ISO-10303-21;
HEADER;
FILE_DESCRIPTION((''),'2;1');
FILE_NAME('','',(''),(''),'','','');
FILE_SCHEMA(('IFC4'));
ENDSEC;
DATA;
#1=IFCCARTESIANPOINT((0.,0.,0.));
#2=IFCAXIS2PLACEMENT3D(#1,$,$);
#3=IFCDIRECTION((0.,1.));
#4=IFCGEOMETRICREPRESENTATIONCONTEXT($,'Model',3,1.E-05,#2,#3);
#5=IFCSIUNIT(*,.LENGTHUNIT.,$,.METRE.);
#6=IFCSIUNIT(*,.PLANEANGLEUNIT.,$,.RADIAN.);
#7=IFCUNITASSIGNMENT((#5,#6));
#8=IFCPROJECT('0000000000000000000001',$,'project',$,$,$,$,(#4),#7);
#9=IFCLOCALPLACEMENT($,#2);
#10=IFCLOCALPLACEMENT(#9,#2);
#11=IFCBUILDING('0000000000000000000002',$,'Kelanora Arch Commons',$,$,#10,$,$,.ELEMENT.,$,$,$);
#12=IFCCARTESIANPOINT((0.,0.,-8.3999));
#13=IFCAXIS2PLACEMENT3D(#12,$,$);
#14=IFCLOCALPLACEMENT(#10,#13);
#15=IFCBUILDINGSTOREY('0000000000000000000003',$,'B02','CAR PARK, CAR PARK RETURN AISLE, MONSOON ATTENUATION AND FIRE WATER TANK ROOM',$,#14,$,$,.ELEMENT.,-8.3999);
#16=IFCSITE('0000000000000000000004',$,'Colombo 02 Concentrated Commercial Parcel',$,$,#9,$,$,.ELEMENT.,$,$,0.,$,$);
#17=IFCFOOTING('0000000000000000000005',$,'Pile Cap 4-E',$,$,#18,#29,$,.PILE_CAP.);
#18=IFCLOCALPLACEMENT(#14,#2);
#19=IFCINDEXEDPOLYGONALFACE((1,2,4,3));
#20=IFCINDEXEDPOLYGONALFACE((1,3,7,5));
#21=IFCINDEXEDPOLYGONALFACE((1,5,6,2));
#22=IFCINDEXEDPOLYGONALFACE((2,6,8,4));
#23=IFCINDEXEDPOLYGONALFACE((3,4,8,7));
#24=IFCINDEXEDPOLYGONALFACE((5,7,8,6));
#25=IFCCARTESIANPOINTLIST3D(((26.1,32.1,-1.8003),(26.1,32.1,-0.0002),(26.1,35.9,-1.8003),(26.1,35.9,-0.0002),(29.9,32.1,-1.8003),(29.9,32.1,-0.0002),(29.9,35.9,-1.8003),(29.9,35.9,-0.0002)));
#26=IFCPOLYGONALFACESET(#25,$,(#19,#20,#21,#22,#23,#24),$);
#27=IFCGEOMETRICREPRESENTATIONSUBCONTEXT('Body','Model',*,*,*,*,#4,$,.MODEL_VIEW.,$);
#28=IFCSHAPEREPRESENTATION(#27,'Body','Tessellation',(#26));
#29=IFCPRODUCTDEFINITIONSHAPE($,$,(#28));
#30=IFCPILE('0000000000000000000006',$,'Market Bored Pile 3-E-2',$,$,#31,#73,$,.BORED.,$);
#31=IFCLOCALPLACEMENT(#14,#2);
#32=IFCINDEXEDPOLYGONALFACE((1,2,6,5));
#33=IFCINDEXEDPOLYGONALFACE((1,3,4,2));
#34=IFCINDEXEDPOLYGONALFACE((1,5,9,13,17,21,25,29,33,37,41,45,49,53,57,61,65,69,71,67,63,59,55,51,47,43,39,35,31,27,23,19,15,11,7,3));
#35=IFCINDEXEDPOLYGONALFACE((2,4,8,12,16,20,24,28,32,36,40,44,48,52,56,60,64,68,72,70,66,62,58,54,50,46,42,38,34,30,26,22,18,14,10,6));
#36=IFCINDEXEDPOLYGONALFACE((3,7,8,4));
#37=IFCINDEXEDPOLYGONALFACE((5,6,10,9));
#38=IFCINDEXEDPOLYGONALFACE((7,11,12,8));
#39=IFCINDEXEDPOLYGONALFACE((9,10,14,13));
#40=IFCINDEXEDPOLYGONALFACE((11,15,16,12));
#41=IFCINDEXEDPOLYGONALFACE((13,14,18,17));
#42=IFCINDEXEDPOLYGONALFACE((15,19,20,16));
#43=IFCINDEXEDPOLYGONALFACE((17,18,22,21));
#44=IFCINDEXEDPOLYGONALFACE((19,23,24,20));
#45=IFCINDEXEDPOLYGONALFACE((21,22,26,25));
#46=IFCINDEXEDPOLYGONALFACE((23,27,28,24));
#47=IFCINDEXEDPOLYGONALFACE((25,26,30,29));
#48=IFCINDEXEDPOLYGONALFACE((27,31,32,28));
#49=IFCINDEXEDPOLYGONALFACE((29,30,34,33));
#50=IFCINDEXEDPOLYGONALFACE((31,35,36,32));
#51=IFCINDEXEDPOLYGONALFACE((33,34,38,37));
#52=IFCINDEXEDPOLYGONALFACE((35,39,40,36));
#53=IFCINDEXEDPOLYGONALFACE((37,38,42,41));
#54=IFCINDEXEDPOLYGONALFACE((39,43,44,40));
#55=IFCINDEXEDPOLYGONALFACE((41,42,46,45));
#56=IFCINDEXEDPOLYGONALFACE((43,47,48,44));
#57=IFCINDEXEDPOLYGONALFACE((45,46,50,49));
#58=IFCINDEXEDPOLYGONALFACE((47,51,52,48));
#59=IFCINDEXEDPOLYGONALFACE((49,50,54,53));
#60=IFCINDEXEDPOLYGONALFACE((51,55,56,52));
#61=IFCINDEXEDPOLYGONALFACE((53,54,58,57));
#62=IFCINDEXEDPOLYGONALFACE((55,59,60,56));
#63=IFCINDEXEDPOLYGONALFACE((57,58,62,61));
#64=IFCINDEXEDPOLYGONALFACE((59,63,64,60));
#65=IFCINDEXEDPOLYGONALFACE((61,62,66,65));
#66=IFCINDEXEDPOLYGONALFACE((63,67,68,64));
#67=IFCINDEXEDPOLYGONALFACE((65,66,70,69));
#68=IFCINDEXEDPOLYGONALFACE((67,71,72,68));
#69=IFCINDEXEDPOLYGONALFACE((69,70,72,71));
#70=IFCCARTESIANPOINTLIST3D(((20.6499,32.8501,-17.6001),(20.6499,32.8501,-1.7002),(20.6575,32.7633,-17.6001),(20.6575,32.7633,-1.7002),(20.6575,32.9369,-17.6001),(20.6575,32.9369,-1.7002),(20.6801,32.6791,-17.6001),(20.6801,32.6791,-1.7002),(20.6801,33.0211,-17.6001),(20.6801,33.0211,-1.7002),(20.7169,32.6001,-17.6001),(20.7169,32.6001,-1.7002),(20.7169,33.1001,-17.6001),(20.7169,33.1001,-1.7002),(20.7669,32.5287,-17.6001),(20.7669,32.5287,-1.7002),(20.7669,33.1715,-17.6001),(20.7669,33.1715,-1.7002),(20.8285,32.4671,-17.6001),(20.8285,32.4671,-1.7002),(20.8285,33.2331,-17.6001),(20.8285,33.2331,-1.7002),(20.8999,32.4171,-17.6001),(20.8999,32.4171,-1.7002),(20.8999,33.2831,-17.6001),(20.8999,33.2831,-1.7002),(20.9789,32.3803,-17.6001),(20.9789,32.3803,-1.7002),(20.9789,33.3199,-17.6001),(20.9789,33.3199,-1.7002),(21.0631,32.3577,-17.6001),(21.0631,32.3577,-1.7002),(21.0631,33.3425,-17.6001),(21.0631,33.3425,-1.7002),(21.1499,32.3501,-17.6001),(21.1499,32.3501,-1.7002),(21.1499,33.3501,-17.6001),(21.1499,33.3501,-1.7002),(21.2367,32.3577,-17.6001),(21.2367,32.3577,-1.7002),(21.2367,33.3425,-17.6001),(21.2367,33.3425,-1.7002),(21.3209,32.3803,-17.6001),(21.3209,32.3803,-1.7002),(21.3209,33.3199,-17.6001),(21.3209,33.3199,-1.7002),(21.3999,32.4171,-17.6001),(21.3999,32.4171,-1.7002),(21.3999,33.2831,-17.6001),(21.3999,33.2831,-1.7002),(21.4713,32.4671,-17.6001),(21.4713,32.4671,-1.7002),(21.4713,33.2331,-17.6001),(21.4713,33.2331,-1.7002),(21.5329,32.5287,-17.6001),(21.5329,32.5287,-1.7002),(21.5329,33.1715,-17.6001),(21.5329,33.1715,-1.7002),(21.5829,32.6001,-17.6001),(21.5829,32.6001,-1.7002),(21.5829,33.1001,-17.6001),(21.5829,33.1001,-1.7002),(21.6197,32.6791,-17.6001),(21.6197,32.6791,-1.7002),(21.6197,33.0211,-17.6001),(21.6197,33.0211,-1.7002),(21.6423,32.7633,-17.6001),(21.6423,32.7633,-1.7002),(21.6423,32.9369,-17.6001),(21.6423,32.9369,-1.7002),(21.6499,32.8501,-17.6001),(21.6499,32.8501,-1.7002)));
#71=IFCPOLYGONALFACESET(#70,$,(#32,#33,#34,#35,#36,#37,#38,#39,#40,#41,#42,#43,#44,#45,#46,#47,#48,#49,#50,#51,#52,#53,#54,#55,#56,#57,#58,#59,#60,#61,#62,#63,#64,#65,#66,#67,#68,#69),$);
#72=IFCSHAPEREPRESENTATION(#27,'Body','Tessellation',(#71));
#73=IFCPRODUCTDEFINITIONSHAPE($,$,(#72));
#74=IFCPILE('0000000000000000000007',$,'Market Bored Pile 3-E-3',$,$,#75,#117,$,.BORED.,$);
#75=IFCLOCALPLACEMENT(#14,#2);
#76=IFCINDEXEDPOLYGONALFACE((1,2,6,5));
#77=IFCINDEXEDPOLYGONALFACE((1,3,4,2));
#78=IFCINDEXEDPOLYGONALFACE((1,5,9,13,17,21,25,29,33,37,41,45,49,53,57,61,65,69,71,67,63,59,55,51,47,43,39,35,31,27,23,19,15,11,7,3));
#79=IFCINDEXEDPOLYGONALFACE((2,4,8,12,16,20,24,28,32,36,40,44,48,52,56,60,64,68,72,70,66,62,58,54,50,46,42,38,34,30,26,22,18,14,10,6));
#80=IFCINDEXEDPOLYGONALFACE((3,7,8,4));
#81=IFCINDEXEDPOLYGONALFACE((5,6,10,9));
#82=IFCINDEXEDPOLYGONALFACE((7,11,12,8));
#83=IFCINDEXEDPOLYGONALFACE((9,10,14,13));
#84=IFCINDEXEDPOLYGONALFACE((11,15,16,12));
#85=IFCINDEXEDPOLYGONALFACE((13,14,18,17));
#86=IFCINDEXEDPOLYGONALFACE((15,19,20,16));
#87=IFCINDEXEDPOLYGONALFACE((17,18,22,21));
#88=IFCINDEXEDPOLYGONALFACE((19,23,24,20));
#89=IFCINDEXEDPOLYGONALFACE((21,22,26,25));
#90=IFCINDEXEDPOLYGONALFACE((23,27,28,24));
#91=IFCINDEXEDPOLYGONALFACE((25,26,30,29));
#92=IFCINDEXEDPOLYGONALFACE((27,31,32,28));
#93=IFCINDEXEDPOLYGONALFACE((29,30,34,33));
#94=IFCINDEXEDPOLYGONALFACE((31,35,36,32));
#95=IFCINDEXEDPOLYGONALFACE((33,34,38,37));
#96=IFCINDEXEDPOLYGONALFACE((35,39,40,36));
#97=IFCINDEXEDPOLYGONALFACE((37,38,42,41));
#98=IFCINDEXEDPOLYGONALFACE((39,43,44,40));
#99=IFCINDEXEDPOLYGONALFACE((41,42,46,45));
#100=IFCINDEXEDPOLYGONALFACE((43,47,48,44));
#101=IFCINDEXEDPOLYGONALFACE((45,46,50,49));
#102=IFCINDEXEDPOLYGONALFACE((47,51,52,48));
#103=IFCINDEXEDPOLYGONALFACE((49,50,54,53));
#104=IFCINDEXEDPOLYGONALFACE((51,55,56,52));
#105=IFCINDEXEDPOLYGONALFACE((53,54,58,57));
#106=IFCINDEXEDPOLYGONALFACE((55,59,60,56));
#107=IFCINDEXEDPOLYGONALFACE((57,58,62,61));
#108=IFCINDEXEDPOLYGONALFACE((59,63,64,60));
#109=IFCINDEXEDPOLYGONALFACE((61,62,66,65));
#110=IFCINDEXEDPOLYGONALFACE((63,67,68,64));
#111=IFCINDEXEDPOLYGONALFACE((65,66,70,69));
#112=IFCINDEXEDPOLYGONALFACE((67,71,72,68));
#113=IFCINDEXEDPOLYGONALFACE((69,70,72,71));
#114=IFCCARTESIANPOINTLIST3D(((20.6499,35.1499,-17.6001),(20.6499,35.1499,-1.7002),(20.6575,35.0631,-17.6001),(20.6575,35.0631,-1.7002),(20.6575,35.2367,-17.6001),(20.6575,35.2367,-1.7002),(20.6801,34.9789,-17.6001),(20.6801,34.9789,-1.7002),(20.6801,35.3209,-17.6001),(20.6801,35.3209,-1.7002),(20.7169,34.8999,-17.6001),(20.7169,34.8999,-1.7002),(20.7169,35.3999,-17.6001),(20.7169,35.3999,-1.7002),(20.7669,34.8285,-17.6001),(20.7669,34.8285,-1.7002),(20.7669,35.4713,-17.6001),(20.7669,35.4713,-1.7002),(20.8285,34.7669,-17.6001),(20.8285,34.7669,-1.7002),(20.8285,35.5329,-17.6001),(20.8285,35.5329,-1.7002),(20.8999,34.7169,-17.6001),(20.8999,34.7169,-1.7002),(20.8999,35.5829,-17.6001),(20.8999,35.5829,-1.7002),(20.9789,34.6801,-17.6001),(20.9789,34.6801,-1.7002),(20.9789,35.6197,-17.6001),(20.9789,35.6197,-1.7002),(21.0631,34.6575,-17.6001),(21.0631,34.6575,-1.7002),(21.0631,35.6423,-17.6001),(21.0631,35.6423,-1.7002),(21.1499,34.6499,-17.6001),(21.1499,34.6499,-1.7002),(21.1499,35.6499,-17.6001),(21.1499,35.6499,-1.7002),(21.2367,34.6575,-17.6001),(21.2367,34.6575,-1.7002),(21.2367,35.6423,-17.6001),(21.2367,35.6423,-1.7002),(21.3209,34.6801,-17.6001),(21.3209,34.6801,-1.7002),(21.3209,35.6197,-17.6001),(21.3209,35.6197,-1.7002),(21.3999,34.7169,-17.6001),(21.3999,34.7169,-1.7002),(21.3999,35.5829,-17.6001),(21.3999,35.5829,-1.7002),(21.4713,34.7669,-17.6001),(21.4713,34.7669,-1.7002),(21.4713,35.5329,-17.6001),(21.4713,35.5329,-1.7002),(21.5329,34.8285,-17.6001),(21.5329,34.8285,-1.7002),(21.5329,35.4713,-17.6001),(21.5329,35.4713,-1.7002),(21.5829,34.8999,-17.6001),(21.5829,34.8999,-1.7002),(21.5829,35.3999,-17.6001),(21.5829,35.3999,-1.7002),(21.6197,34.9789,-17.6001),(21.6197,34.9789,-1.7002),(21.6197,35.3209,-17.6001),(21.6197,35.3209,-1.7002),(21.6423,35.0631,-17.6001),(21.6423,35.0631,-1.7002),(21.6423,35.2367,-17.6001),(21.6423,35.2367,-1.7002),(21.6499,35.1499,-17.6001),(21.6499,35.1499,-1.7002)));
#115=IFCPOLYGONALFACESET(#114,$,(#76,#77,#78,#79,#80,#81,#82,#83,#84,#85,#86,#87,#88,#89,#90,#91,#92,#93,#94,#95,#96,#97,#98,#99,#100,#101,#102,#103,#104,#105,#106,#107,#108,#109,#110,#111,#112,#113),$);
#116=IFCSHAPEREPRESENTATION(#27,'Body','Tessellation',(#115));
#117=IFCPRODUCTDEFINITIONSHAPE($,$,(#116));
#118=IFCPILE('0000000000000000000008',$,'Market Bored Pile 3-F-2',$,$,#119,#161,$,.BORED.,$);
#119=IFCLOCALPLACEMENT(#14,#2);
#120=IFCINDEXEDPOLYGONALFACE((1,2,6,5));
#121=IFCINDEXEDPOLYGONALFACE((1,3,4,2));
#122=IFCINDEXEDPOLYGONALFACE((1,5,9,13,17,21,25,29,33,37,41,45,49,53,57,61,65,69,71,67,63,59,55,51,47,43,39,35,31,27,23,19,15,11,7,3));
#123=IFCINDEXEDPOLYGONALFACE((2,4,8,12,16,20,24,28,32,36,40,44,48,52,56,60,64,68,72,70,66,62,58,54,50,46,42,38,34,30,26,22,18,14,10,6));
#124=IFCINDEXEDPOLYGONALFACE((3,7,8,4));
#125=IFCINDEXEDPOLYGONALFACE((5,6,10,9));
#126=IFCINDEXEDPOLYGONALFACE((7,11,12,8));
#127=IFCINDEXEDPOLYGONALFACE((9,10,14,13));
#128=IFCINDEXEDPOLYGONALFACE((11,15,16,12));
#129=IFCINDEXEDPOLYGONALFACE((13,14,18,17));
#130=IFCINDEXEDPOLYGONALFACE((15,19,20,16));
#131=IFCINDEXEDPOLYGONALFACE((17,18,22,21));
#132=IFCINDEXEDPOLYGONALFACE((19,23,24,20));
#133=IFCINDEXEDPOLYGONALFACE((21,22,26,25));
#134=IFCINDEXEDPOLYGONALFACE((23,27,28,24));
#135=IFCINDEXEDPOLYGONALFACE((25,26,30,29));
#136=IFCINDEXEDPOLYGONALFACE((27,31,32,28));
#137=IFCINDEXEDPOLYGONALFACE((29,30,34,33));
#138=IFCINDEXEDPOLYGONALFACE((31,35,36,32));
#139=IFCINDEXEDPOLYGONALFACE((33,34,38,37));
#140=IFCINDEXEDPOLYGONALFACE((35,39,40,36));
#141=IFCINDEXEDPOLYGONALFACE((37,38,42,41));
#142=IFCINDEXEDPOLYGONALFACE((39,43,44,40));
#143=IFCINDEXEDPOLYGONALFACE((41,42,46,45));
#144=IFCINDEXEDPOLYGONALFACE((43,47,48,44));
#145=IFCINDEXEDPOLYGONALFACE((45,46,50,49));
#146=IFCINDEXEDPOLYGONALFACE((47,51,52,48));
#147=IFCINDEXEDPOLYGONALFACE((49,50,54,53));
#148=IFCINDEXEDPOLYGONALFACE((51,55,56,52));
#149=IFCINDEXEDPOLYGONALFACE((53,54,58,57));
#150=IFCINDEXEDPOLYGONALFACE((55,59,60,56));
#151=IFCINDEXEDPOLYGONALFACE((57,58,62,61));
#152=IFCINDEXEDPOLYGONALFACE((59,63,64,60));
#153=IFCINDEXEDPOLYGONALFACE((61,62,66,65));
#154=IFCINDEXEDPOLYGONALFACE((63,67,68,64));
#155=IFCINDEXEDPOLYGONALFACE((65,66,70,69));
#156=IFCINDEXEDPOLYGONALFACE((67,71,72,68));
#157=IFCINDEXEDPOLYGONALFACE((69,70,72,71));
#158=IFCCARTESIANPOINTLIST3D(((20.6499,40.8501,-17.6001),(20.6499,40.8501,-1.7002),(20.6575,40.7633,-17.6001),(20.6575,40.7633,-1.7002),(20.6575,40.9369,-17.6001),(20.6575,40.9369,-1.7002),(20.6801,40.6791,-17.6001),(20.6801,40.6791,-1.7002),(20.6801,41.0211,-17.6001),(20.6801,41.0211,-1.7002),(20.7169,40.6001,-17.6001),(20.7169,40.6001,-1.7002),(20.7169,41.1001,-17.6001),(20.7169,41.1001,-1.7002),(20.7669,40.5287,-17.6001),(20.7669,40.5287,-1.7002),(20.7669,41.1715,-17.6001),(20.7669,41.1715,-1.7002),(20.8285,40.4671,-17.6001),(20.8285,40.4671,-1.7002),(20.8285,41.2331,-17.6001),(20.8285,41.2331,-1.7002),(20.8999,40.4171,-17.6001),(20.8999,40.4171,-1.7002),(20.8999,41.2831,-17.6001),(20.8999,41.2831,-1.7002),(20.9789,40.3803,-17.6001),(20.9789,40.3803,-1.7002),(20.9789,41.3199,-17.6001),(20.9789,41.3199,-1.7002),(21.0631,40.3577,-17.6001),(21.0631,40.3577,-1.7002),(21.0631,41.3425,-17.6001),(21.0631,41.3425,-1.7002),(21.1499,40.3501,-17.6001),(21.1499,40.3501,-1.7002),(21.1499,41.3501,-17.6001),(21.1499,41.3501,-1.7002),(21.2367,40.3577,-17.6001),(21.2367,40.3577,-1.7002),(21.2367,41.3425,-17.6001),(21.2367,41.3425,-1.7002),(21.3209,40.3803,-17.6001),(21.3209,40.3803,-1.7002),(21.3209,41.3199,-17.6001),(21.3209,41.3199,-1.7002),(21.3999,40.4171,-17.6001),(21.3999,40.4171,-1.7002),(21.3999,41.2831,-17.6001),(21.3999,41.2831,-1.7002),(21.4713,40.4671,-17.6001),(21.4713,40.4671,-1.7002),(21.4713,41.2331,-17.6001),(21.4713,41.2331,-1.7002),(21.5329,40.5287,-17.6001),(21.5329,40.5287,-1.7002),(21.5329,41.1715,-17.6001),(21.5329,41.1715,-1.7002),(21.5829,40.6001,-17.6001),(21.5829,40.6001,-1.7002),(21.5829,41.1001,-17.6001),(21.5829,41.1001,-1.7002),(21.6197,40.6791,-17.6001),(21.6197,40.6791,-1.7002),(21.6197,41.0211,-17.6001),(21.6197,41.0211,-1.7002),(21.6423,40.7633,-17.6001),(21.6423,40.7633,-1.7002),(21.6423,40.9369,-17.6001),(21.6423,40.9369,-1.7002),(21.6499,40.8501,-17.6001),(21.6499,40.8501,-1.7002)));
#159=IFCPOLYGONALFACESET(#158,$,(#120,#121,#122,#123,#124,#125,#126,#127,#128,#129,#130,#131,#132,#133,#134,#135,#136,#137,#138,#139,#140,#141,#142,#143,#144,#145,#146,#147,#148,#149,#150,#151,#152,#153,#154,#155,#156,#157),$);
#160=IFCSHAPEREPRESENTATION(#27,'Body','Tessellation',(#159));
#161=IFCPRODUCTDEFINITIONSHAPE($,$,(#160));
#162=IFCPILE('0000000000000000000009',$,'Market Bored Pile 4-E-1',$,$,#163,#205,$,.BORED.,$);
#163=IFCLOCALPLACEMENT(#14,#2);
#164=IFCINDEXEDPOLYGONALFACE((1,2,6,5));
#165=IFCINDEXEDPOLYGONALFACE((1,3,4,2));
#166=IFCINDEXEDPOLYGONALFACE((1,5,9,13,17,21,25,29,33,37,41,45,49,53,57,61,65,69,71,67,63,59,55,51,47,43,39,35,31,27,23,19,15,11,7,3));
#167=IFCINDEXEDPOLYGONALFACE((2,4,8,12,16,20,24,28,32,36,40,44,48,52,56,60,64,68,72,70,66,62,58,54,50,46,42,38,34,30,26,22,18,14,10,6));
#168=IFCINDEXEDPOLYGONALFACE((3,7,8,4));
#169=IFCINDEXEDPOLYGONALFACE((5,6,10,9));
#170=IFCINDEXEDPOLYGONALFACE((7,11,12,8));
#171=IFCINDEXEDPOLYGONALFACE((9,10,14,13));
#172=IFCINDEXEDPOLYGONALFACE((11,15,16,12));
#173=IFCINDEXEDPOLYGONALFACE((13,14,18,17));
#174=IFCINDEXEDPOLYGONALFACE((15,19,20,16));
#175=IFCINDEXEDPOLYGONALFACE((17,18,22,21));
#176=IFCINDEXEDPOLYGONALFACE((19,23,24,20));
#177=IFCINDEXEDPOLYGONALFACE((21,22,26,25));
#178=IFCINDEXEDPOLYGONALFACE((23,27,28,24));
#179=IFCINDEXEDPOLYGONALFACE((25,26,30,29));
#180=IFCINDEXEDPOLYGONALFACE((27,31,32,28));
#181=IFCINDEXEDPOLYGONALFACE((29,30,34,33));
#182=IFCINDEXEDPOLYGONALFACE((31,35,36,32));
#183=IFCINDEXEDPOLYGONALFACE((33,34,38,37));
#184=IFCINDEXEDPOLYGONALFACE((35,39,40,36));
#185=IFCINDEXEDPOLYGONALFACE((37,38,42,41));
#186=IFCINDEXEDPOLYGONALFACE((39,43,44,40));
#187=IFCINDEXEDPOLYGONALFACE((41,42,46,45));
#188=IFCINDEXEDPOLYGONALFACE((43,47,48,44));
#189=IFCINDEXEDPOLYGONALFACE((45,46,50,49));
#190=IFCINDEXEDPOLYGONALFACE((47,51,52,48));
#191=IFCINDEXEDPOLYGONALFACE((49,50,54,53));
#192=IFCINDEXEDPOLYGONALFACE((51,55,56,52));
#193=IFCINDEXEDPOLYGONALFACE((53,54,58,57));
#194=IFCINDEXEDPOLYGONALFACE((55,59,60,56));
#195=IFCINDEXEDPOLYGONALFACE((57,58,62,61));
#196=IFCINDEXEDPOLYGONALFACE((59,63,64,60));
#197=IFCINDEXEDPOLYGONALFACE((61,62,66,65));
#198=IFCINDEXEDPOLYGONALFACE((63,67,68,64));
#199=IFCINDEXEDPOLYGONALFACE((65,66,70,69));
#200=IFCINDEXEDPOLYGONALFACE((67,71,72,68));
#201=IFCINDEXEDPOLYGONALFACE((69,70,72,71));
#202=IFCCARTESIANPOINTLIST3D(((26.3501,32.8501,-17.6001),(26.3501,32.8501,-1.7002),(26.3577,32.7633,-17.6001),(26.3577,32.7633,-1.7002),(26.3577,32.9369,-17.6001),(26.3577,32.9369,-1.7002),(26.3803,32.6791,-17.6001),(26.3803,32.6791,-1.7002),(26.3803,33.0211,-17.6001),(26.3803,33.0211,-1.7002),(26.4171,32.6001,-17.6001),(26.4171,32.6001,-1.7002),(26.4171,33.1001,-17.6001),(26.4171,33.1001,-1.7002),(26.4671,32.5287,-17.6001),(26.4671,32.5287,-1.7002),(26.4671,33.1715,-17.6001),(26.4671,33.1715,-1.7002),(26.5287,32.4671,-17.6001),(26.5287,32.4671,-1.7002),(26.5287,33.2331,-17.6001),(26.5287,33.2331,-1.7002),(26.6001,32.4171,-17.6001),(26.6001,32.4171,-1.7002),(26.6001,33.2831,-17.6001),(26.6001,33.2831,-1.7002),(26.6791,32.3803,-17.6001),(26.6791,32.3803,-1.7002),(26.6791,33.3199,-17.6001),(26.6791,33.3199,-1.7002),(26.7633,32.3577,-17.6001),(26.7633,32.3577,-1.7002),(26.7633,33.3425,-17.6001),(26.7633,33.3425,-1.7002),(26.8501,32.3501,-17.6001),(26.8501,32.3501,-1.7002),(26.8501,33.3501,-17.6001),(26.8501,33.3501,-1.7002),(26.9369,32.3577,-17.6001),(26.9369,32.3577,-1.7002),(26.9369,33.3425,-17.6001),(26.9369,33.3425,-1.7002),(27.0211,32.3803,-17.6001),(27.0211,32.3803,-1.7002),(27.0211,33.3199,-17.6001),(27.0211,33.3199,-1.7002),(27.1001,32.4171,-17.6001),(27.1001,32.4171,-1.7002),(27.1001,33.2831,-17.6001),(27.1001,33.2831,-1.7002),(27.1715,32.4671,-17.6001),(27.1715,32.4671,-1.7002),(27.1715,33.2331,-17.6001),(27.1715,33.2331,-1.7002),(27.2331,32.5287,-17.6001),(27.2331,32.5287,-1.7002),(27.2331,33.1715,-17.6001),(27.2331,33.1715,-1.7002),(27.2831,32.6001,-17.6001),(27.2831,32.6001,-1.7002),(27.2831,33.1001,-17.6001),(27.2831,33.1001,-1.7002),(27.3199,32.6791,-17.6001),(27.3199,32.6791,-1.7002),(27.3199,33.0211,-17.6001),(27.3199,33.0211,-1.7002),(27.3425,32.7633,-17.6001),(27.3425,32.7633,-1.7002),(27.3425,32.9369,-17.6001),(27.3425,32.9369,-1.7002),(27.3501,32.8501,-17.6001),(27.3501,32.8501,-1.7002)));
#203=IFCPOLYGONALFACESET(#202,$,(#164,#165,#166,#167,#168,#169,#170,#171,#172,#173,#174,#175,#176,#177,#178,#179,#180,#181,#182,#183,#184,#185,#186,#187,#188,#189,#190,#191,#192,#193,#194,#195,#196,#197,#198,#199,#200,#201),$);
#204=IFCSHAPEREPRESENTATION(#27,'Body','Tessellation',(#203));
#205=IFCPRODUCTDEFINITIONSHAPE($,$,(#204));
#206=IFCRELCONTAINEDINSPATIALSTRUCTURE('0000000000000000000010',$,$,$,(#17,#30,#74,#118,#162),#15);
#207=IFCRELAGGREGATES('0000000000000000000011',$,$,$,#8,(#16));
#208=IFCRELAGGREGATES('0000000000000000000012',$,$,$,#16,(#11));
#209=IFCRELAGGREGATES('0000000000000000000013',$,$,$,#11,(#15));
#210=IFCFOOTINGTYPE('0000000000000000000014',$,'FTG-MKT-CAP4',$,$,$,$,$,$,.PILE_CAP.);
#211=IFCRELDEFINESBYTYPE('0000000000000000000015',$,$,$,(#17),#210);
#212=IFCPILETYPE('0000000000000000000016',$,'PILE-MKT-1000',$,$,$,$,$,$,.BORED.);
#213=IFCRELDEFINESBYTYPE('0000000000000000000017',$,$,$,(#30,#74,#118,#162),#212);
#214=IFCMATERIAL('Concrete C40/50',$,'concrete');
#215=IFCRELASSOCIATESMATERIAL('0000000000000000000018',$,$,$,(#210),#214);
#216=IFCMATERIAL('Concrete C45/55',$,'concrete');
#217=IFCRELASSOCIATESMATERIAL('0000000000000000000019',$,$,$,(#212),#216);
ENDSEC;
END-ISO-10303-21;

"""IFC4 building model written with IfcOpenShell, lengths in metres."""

from ifc_helpers import new_model, si_unit, direction, frame, origin, origin_2d, place, context, subcontext, project, spatial, rectangle, circle, extrude, source, transform, mapped, material, material_profile, profile_set, type_object, element, save


model = new_model("IFC4")

# Units and contexts
model_context = context("Model", 3, precision=1e-05, world=origin(), true_north=direction((0.0, 1.0)))
body_context = subcontext(model_context, "Body", "Model", "MODEL_VIEW")
ifc_project = project(units=[si_unit("LENGTHUNIT", "METRE"), si_unit("PLANEANGLEUNIT", "RADIAN")], contexts=[model_context])

# Site, building, storey
site_placement = place(None, origin())
site = spatial("IfcSite", under=ifc_project, at=site_placement, Name="Colombo 02 Concentrated Commercial Parcel", CompositionType="ELEMENT", RefElevation=0.0)
building_placement = place(site_placement, origin())
building = spatial("IfcBuilding", under=site, at=building_placement, Name="Kelanora Arch Commons", CompositionType="ELEMENT")
storey_placement = place(building_placement, frame((0.0, 0.0, -8.3999)))
storey = spatial("IfcBuildingStorey", under=building, at=storey_placement, Name="B02", Description="CAR PARK, CAR PARK RETURN AISLE, MONSOON ATTENUATION AND FIRE WATER TANK ROOM", CompositionType="ELEMENT", Elevation=-8.3999)

# Footing
ifc_material_1 = material(Name="Concrete C40/50", Category="concrete")
footing_type_1 = type_object("IfcFootingType", Name="FTG-MKT-CAP4", PredefinedType="PILE_CAP", material=ifc_material_1)
shared_shape_1 = source(origin(), body_context, "Body", "SweptSolid", [
    extrude(rectangle(XDim=3.8, YDim=3.8, at=origin_2d()), origin(), (0.0, 0.0, 1.0), 1.8),
])
footing_1_placement = place(storey_placement, frame((28.0, 34.0, -1.8003), z_axis=(0.0, 0.0, 1.0), x_axis=(1.0, 0.0, 0.0)))
element("IfcFooting", 1, at=footing_1_placement, inside=storey, type_object=footing_type_1, Name="Pile Cap 4-E", PredefinedType="PILE_CAP", context=body_context, shape_type="MappedRepresentation", body=[
    mapped(shared_shape_1, transform((0.0, 0.0, 0.0), scale=1.0)),
])

# Piles
ifc_material_2 = material(Name="Concrete C45/55", Category="concrete")
ifc_material_profile_1 = material_profile(ifc_material_2, circle(Radius=0.5, at=origin_2d()), Name="PILE1000")
ifc_profile_set_1 = profile_set([ifc_material_profile_1], Name="Concrete C45/55")
pile_type = type_object("IfcPileType", Name="PILE-MKT-1000", PredefinedType="BORED", material=ifc_profile_set_1)
shared_shape_2 = source(origin(), body_context, "Body", "SweptSolid", [
    extrude(circle(Radius=0.5, at=origin_2d()), origin(), (0.0, 0.0, 1.0), 15.8999),
])
for number, where, z_axis, x_axis, name in (
    (2, (21.1499, 32.8501, -1.7002), (0.0, 0.0, -1.0), (1.0, 0.0, 0.0), "Market Bored Pile 3-E-2"),
    (3, (21.1499, 35.1499, -1.7002), (0.0, 0.0, -1.0), (1.0, 0.0, 0.0), "Market Bored Pile 3-E-3"),
    (4, (21.1499, 40.8501, -1.7002), (0.0, 0.0, -1.0), (1.0, 0.0, 0.0), "Market Bored Pile 3-F-2"),
    (5, (26.8501, 32.8501, -1.7002), (0.0, 0.0, -1.0), (1.0, 0.0, 0.0), "Market Bored Pile 4-E-1"),
):
    element("IfcPile", number, at=place(storey_placement, frame(where, z_axis=z_axis, x_axis=x_axis)), inside=storey, type_object=pile_type, Name=name, PredefinedType="BORED", context=body_context, shape_type="MappedRepresentation", body=[
        mapped(shared_shape_2, transform((0.0, 0.0, 0.0), scale=1.0)),
    ])

save(model, "model.ifc")
